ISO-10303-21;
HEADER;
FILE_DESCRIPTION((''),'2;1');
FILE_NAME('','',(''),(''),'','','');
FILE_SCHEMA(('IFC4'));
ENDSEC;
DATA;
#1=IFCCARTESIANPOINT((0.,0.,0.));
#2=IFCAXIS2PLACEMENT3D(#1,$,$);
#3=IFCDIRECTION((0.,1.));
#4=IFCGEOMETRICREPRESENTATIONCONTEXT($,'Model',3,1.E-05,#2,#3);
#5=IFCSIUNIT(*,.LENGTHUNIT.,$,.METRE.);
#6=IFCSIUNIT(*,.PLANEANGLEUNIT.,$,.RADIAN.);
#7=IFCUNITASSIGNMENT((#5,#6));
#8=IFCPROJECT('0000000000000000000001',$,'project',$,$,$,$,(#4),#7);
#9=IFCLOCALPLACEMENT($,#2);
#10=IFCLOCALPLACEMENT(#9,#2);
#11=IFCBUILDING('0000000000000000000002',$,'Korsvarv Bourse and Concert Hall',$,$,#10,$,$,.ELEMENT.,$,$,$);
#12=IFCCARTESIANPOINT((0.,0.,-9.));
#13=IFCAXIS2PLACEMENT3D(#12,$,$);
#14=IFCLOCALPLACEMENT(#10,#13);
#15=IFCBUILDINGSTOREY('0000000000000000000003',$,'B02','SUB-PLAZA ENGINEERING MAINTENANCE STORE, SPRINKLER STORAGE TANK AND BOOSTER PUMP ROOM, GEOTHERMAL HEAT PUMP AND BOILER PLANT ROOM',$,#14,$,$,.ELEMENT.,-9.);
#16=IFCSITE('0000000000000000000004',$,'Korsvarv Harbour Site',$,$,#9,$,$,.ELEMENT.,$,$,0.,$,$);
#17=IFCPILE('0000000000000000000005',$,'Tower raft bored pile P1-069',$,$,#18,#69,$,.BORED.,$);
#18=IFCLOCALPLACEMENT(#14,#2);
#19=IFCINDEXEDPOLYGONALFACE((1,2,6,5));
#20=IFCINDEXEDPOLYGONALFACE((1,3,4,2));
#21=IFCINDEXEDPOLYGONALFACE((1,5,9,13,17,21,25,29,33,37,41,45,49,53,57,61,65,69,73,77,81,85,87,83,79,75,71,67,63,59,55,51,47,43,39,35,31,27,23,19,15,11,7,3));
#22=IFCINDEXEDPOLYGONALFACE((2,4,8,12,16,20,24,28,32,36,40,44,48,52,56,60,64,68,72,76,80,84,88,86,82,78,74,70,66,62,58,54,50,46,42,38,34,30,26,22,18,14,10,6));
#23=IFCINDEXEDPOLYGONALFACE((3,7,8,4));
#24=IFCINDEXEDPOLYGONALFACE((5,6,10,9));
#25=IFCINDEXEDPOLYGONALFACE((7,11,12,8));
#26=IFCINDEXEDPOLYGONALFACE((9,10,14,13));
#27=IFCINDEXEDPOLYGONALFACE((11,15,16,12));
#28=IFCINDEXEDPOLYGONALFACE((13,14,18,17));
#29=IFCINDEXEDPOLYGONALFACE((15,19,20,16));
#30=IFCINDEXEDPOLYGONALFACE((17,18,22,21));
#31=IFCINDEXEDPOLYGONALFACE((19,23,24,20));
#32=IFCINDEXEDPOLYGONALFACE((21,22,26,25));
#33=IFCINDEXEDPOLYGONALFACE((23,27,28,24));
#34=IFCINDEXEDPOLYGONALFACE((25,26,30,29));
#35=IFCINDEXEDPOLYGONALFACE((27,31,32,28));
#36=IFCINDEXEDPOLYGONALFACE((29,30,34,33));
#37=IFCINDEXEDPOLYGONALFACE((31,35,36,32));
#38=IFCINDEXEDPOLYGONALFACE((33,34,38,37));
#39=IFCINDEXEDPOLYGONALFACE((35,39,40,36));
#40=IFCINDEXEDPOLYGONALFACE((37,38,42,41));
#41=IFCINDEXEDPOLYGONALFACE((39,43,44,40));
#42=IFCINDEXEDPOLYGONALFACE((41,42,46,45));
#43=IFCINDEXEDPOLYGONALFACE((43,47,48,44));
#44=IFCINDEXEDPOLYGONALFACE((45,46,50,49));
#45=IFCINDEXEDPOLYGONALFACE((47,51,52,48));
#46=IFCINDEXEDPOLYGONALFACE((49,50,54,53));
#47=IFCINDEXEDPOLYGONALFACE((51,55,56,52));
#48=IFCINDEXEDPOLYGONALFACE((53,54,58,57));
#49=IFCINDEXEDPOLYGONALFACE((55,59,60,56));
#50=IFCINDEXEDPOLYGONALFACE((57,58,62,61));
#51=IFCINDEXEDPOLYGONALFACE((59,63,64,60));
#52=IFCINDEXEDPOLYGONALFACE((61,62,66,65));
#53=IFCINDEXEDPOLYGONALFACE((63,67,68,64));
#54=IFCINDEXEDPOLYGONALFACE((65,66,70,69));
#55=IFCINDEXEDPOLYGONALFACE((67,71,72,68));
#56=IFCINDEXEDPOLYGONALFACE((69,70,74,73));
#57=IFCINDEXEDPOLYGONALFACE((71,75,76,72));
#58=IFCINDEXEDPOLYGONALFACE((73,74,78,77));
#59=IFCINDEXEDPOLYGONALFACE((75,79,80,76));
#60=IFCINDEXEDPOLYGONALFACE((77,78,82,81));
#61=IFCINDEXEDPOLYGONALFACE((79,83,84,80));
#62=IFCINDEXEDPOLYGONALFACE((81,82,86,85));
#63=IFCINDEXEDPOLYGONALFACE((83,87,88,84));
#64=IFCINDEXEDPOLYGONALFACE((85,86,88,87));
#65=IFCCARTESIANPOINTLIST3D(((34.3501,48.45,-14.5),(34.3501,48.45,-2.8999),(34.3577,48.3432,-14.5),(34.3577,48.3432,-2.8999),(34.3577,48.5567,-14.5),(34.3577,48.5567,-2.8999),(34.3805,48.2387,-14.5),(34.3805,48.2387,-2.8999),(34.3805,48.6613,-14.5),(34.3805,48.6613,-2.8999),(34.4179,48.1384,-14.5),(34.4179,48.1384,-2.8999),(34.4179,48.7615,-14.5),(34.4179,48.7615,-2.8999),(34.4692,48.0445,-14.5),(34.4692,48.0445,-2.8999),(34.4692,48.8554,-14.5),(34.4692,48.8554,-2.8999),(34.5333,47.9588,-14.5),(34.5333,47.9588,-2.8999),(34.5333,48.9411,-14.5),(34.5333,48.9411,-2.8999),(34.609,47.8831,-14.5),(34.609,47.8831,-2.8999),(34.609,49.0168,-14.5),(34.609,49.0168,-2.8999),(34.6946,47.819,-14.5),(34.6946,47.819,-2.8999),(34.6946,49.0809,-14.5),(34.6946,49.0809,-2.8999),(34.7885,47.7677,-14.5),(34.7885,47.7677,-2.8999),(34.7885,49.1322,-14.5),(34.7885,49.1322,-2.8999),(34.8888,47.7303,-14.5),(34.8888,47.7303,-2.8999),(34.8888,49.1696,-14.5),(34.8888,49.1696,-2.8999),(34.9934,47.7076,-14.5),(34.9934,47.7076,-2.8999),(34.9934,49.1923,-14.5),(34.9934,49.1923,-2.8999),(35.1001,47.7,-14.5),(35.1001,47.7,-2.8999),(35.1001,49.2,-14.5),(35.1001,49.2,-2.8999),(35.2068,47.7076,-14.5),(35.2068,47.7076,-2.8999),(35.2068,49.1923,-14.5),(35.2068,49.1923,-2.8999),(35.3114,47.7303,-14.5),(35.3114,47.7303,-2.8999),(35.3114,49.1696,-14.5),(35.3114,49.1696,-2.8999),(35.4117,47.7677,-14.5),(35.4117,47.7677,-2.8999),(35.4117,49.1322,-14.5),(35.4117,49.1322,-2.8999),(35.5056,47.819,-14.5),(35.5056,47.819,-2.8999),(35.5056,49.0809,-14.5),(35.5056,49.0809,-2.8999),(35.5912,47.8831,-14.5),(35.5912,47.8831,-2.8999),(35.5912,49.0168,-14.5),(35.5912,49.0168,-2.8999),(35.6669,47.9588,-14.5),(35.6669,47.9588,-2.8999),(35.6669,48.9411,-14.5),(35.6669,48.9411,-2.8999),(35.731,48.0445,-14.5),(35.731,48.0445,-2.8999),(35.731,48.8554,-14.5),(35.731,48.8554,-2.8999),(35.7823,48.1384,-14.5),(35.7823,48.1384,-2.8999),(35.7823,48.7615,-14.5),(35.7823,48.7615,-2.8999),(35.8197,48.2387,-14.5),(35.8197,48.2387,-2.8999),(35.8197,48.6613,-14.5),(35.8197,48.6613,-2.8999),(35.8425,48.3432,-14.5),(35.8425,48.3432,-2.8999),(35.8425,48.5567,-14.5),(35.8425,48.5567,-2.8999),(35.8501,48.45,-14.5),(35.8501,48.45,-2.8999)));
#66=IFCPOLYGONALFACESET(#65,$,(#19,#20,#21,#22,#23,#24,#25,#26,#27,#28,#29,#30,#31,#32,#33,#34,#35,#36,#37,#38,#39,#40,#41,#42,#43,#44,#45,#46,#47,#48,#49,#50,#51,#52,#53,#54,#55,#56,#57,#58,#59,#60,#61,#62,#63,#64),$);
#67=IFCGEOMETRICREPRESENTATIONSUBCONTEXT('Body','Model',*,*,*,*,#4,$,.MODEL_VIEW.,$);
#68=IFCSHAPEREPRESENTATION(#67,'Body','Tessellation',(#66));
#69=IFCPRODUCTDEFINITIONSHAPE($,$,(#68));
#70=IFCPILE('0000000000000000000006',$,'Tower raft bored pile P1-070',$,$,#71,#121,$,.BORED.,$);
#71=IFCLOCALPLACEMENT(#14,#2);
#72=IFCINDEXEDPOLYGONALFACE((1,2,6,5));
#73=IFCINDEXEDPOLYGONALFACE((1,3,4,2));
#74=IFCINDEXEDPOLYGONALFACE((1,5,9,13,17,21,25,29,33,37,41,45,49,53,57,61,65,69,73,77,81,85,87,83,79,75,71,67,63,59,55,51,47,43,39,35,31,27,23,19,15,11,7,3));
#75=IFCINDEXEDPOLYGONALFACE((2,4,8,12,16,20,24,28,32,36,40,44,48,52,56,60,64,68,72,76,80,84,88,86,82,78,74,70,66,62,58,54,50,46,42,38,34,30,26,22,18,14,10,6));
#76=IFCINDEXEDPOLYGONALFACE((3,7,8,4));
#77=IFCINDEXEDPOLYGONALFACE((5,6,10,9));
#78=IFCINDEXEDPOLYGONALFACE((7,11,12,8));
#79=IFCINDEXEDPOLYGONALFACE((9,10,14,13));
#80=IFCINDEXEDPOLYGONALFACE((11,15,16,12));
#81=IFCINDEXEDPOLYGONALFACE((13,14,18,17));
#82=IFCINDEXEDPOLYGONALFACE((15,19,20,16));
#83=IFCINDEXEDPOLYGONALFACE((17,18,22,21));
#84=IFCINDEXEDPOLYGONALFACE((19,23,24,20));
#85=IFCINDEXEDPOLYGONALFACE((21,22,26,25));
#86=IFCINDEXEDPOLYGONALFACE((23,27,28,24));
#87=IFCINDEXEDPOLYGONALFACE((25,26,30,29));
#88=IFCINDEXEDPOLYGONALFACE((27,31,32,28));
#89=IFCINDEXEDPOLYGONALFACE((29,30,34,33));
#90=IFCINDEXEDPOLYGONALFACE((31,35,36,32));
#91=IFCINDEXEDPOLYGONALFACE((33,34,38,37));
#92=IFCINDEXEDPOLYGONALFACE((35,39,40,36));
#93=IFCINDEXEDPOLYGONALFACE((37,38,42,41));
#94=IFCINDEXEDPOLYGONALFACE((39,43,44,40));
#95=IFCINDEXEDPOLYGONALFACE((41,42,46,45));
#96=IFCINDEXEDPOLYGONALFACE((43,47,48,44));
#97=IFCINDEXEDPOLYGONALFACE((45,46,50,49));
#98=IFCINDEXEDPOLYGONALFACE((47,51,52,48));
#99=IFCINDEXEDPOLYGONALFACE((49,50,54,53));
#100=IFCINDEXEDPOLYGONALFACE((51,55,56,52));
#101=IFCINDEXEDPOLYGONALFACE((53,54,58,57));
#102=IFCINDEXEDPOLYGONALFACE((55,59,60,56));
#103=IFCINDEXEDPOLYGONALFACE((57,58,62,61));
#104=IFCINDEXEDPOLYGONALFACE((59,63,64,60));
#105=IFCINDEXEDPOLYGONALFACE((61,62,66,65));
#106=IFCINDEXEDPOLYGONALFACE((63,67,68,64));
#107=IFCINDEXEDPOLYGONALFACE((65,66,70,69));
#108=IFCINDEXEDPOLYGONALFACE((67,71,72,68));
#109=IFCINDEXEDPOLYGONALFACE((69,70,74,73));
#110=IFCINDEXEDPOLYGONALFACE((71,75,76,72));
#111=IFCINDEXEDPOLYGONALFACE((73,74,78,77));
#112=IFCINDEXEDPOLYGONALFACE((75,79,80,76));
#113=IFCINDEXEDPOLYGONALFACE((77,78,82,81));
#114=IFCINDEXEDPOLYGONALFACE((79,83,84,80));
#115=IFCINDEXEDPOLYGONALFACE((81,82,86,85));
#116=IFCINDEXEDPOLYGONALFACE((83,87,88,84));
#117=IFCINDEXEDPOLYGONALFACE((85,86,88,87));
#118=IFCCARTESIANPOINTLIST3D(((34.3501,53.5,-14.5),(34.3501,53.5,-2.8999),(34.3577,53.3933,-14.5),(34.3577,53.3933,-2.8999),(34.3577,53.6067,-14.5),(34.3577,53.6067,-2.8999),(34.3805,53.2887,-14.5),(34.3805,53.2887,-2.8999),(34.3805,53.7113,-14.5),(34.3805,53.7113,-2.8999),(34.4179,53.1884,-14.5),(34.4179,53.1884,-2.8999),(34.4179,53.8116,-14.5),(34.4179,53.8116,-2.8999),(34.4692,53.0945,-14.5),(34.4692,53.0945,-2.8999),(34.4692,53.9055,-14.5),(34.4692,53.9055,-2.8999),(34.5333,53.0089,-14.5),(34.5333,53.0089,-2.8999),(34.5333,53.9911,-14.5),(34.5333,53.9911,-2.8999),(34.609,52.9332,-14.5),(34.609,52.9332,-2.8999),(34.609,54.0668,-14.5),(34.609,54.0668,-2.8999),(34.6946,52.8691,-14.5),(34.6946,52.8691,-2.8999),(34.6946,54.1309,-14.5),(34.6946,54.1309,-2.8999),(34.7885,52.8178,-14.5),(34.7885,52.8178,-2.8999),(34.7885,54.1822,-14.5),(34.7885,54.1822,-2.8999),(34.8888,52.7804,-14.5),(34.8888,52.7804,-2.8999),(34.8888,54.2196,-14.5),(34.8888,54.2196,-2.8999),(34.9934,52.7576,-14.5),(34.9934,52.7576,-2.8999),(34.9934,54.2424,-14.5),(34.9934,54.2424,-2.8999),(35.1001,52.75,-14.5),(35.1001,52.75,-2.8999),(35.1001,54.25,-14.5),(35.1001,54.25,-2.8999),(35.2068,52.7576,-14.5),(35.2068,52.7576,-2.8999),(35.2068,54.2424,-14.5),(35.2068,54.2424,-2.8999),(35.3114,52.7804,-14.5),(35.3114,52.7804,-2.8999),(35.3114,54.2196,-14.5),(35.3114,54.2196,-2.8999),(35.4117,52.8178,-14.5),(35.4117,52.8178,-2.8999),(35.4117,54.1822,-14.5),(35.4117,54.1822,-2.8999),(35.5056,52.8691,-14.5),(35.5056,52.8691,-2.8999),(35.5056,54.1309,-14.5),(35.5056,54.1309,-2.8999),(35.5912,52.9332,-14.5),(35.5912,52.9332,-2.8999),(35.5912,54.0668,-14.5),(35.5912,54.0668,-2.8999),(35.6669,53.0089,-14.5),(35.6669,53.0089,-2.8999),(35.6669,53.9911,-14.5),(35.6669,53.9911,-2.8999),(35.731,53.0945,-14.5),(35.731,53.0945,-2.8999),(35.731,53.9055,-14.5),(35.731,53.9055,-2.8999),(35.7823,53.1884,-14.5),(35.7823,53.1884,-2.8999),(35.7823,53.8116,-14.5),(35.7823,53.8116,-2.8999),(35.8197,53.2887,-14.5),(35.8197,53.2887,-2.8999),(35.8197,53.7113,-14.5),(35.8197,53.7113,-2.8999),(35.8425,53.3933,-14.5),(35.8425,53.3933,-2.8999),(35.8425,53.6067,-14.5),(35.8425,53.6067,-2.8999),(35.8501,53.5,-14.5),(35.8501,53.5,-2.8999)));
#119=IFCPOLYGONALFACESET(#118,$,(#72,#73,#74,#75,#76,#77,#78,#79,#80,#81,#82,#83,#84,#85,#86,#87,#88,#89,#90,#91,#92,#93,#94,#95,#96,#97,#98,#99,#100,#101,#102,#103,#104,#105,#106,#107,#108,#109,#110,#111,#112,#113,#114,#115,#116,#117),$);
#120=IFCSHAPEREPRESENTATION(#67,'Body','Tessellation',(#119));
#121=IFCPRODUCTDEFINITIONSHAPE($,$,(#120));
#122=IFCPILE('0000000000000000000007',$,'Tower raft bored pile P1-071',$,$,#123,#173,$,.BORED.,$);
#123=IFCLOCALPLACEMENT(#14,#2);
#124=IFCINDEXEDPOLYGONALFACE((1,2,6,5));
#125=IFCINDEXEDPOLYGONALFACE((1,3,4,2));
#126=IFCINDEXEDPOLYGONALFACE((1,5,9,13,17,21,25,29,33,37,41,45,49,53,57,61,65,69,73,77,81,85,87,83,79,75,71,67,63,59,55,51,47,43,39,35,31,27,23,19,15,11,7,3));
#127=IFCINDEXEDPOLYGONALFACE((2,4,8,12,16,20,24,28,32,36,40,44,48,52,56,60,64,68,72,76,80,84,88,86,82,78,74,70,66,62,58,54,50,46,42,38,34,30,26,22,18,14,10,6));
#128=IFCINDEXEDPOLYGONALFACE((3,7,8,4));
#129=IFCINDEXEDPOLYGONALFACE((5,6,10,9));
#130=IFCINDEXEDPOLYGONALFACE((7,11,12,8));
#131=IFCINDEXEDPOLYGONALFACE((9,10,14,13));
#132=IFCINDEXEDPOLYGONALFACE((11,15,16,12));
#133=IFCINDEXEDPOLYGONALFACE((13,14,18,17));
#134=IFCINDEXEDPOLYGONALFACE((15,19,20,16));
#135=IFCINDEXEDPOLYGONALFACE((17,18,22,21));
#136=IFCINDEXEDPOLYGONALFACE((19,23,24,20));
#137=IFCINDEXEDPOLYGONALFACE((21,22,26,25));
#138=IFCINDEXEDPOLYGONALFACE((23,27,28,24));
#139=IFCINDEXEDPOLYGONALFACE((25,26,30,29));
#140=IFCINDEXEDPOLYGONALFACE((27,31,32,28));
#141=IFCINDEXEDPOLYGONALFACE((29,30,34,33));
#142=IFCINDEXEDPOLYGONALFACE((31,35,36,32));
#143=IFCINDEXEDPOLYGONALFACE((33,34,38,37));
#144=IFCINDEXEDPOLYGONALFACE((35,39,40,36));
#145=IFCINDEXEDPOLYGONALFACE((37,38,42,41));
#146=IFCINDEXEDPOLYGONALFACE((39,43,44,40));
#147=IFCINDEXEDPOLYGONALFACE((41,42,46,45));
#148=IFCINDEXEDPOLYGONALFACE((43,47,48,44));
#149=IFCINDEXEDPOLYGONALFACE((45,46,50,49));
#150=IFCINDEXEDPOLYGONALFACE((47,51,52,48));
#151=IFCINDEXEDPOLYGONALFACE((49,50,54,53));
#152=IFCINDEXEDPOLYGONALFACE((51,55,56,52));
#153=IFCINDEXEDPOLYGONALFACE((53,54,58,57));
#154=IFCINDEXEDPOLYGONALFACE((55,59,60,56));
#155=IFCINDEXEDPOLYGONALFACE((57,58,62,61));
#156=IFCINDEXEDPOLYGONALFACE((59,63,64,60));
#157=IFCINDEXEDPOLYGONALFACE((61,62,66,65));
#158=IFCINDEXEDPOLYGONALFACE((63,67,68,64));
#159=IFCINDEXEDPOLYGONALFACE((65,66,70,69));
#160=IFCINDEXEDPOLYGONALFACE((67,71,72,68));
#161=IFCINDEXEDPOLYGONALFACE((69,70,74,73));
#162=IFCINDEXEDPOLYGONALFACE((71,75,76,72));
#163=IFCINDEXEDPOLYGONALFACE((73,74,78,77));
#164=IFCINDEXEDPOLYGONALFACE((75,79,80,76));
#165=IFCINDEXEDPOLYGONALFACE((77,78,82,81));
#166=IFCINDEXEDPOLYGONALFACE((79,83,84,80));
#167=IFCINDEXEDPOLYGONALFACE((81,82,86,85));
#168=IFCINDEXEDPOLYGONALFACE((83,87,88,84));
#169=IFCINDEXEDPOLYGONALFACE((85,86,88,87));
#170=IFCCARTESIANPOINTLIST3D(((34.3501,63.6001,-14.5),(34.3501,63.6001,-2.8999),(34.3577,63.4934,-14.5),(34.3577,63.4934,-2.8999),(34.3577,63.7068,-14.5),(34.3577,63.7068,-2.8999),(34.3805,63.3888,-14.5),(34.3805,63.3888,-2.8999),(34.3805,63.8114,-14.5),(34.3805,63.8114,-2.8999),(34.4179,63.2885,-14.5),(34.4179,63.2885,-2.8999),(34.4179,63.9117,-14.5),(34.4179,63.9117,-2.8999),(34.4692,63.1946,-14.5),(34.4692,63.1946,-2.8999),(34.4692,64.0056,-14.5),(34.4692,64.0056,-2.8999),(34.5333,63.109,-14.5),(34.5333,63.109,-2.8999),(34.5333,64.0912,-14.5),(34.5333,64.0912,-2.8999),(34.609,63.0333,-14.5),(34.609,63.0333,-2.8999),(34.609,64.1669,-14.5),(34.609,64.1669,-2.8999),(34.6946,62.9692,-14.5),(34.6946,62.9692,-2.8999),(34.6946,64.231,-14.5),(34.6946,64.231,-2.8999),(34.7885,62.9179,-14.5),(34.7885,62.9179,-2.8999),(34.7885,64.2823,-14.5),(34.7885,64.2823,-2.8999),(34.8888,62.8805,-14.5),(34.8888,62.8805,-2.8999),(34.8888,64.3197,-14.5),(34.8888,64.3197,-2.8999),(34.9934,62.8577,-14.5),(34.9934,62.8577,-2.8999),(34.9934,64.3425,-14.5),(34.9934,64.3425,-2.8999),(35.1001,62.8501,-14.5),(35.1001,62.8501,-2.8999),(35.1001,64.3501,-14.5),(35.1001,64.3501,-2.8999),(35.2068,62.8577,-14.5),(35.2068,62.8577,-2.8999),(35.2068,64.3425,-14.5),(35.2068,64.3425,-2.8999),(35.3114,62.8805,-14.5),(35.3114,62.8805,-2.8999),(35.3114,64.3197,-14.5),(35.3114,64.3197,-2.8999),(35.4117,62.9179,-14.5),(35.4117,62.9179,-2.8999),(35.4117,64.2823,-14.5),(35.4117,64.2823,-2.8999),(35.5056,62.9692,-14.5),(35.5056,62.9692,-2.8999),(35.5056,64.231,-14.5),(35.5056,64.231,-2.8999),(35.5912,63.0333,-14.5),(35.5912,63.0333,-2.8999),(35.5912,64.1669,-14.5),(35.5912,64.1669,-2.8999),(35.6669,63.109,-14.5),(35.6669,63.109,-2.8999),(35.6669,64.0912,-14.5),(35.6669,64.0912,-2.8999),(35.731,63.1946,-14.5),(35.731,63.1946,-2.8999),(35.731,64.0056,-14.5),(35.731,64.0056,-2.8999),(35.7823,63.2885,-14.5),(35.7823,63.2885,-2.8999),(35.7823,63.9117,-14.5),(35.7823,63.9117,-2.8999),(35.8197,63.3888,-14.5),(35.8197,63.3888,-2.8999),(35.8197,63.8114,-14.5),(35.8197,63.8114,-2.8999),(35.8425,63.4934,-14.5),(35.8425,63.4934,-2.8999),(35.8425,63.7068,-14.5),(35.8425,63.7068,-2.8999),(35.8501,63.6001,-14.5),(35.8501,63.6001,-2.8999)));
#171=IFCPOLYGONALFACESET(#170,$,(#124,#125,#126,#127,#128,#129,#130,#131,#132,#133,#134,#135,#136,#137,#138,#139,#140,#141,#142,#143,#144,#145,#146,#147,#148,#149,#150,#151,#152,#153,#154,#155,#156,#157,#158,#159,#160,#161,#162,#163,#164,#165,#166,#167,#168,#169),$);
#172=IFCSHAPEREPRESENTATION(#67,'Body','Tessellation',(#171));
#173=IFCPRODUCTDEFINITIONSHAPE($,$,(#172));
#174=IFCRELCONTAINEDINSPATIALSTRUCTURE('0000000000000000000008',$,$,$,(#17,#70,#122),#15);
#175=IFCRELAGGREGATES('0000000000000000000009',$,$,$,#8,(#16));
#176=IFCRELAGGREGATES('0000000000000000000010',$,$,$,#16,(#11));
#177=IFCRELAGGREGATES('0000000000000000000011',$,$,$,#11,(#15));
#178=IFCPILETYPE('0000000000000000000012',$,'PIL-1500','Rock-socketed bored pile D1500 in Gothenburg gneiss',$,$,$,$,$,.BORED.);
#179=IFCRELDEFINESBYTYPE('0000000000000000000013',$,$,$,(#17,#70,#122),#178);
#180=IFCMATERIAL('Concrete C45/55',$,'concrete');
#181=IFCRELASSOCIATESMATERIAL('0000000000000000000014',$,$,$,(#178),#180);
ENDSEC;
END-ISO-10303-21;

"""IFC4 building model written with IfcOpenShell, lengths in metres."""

from ifc_helpers import new_model, si_unit, direction, frame, origin, origin_2d, place, context, subcontext, project, spatial, circle, extrude, source, transform, mapped, material, material_profile, profile_set, type_object, element, save


model = new_model("IFC4")

# Units and contexts
model_context = context("Model", 3, precision=1e-05, world=origin(), true_north=direction((0.0, 1.0)))
body_context = subcontext(model_context, "Body", "Model", "MODEL_VIEW")
ifc_project = project(units=[si_unit("LENGTHUNIT", "METRE"), si_unit("PLANEANGLEUNIT", "RADIAN")], contexts=[model_context])

# Site, building, storey
site_placement = place(None, origin())
site = spatial("IfcSite", under=ifc_project, at=site_placement, Name="Korsvarv Harbour Site", CompositionType="ELEMENT", RefElevation=0.0)
building_placement = place(site_placement, origin())
building = spatial("IfcBuilding", under=site, at=building_placement, Name="Korsvarv Bourse and Concert Hall", CompositionType="ELEMENT")
storey_placement = place(building_placement, frame((0.0, 0.0, -9.0)))
storey = spatial("IfcBuildingStorey", under=building, at=storey_placement, Name="B02", Description="SUB-PLAZA ENGINEERING MAINTENANCE STORE, SPRINKLER STORAGE TANK AND BOOSTER PUMP ROOM, GEOTHERMAL HEAT PUMP AND BOILER PLANT ROOM", CompositionType="ELEMENT", Elevation=-9.0)

# Piles
ifc_material_1 = material(Name="Concrete C45/55", Category="concrete")
ifc_material_profile_1 = material_profile(ifc_material_1, circle(Radius=0.75, at=origin_2d()), Name="PILE D1500")
ifc_profile_set_1 = profile_set([ifc_material_profile_1], Name="Concrete C45/55")
pile_type = type_object("IfcPileType", Name="PIL-1500", Description="Rock-socketed bored pile D1500 in Gothenburg gneiss", PredefinedType="BORED", material=ifc_profile_set_1)
shared_shape_1 = source(origin(), body_context, "Body", "SweptSolid", [
    extrude(circle(Radius=0.75, at=origin_2d()), origin(), (0.0, 0.0, 1.0), 11.6001),
])
for number, where, z_axis, x_axis, name in (
    (1, (35.1001, 48.45, -2.8999), (0.0, 0.0, -1.0), (1.0, 0.0, 0.0), "Tower raft bored pile P1-069"),
    (2, (35.1001, 53.5, -2.8999), (0.0, 0.0, -1.0), (1.0, 0.0, 0.0), "Tower raft bored pile P1-070"),
    (3, (35.1001, 63.6001, -2.8999), (0.0, 0.0, -1.0), (1.0, 0.0, 0.0), "Tower raft bored pile P1-071"),
):
    element("IfcPile", number, at=place(storey_placement, frame(where, z_axis=z_axis, x_axis=x_axis)), inside=storey, type_object=pile_type, Name=name, PredefinedType="BORED", context=body_context, shape_type="MappedRepresentation", body=[
        mapped(shared_shape_1, transform((0.0, 0.0, 0.0), scale=1.0)),
    ])

save(model, "model.ifc")
